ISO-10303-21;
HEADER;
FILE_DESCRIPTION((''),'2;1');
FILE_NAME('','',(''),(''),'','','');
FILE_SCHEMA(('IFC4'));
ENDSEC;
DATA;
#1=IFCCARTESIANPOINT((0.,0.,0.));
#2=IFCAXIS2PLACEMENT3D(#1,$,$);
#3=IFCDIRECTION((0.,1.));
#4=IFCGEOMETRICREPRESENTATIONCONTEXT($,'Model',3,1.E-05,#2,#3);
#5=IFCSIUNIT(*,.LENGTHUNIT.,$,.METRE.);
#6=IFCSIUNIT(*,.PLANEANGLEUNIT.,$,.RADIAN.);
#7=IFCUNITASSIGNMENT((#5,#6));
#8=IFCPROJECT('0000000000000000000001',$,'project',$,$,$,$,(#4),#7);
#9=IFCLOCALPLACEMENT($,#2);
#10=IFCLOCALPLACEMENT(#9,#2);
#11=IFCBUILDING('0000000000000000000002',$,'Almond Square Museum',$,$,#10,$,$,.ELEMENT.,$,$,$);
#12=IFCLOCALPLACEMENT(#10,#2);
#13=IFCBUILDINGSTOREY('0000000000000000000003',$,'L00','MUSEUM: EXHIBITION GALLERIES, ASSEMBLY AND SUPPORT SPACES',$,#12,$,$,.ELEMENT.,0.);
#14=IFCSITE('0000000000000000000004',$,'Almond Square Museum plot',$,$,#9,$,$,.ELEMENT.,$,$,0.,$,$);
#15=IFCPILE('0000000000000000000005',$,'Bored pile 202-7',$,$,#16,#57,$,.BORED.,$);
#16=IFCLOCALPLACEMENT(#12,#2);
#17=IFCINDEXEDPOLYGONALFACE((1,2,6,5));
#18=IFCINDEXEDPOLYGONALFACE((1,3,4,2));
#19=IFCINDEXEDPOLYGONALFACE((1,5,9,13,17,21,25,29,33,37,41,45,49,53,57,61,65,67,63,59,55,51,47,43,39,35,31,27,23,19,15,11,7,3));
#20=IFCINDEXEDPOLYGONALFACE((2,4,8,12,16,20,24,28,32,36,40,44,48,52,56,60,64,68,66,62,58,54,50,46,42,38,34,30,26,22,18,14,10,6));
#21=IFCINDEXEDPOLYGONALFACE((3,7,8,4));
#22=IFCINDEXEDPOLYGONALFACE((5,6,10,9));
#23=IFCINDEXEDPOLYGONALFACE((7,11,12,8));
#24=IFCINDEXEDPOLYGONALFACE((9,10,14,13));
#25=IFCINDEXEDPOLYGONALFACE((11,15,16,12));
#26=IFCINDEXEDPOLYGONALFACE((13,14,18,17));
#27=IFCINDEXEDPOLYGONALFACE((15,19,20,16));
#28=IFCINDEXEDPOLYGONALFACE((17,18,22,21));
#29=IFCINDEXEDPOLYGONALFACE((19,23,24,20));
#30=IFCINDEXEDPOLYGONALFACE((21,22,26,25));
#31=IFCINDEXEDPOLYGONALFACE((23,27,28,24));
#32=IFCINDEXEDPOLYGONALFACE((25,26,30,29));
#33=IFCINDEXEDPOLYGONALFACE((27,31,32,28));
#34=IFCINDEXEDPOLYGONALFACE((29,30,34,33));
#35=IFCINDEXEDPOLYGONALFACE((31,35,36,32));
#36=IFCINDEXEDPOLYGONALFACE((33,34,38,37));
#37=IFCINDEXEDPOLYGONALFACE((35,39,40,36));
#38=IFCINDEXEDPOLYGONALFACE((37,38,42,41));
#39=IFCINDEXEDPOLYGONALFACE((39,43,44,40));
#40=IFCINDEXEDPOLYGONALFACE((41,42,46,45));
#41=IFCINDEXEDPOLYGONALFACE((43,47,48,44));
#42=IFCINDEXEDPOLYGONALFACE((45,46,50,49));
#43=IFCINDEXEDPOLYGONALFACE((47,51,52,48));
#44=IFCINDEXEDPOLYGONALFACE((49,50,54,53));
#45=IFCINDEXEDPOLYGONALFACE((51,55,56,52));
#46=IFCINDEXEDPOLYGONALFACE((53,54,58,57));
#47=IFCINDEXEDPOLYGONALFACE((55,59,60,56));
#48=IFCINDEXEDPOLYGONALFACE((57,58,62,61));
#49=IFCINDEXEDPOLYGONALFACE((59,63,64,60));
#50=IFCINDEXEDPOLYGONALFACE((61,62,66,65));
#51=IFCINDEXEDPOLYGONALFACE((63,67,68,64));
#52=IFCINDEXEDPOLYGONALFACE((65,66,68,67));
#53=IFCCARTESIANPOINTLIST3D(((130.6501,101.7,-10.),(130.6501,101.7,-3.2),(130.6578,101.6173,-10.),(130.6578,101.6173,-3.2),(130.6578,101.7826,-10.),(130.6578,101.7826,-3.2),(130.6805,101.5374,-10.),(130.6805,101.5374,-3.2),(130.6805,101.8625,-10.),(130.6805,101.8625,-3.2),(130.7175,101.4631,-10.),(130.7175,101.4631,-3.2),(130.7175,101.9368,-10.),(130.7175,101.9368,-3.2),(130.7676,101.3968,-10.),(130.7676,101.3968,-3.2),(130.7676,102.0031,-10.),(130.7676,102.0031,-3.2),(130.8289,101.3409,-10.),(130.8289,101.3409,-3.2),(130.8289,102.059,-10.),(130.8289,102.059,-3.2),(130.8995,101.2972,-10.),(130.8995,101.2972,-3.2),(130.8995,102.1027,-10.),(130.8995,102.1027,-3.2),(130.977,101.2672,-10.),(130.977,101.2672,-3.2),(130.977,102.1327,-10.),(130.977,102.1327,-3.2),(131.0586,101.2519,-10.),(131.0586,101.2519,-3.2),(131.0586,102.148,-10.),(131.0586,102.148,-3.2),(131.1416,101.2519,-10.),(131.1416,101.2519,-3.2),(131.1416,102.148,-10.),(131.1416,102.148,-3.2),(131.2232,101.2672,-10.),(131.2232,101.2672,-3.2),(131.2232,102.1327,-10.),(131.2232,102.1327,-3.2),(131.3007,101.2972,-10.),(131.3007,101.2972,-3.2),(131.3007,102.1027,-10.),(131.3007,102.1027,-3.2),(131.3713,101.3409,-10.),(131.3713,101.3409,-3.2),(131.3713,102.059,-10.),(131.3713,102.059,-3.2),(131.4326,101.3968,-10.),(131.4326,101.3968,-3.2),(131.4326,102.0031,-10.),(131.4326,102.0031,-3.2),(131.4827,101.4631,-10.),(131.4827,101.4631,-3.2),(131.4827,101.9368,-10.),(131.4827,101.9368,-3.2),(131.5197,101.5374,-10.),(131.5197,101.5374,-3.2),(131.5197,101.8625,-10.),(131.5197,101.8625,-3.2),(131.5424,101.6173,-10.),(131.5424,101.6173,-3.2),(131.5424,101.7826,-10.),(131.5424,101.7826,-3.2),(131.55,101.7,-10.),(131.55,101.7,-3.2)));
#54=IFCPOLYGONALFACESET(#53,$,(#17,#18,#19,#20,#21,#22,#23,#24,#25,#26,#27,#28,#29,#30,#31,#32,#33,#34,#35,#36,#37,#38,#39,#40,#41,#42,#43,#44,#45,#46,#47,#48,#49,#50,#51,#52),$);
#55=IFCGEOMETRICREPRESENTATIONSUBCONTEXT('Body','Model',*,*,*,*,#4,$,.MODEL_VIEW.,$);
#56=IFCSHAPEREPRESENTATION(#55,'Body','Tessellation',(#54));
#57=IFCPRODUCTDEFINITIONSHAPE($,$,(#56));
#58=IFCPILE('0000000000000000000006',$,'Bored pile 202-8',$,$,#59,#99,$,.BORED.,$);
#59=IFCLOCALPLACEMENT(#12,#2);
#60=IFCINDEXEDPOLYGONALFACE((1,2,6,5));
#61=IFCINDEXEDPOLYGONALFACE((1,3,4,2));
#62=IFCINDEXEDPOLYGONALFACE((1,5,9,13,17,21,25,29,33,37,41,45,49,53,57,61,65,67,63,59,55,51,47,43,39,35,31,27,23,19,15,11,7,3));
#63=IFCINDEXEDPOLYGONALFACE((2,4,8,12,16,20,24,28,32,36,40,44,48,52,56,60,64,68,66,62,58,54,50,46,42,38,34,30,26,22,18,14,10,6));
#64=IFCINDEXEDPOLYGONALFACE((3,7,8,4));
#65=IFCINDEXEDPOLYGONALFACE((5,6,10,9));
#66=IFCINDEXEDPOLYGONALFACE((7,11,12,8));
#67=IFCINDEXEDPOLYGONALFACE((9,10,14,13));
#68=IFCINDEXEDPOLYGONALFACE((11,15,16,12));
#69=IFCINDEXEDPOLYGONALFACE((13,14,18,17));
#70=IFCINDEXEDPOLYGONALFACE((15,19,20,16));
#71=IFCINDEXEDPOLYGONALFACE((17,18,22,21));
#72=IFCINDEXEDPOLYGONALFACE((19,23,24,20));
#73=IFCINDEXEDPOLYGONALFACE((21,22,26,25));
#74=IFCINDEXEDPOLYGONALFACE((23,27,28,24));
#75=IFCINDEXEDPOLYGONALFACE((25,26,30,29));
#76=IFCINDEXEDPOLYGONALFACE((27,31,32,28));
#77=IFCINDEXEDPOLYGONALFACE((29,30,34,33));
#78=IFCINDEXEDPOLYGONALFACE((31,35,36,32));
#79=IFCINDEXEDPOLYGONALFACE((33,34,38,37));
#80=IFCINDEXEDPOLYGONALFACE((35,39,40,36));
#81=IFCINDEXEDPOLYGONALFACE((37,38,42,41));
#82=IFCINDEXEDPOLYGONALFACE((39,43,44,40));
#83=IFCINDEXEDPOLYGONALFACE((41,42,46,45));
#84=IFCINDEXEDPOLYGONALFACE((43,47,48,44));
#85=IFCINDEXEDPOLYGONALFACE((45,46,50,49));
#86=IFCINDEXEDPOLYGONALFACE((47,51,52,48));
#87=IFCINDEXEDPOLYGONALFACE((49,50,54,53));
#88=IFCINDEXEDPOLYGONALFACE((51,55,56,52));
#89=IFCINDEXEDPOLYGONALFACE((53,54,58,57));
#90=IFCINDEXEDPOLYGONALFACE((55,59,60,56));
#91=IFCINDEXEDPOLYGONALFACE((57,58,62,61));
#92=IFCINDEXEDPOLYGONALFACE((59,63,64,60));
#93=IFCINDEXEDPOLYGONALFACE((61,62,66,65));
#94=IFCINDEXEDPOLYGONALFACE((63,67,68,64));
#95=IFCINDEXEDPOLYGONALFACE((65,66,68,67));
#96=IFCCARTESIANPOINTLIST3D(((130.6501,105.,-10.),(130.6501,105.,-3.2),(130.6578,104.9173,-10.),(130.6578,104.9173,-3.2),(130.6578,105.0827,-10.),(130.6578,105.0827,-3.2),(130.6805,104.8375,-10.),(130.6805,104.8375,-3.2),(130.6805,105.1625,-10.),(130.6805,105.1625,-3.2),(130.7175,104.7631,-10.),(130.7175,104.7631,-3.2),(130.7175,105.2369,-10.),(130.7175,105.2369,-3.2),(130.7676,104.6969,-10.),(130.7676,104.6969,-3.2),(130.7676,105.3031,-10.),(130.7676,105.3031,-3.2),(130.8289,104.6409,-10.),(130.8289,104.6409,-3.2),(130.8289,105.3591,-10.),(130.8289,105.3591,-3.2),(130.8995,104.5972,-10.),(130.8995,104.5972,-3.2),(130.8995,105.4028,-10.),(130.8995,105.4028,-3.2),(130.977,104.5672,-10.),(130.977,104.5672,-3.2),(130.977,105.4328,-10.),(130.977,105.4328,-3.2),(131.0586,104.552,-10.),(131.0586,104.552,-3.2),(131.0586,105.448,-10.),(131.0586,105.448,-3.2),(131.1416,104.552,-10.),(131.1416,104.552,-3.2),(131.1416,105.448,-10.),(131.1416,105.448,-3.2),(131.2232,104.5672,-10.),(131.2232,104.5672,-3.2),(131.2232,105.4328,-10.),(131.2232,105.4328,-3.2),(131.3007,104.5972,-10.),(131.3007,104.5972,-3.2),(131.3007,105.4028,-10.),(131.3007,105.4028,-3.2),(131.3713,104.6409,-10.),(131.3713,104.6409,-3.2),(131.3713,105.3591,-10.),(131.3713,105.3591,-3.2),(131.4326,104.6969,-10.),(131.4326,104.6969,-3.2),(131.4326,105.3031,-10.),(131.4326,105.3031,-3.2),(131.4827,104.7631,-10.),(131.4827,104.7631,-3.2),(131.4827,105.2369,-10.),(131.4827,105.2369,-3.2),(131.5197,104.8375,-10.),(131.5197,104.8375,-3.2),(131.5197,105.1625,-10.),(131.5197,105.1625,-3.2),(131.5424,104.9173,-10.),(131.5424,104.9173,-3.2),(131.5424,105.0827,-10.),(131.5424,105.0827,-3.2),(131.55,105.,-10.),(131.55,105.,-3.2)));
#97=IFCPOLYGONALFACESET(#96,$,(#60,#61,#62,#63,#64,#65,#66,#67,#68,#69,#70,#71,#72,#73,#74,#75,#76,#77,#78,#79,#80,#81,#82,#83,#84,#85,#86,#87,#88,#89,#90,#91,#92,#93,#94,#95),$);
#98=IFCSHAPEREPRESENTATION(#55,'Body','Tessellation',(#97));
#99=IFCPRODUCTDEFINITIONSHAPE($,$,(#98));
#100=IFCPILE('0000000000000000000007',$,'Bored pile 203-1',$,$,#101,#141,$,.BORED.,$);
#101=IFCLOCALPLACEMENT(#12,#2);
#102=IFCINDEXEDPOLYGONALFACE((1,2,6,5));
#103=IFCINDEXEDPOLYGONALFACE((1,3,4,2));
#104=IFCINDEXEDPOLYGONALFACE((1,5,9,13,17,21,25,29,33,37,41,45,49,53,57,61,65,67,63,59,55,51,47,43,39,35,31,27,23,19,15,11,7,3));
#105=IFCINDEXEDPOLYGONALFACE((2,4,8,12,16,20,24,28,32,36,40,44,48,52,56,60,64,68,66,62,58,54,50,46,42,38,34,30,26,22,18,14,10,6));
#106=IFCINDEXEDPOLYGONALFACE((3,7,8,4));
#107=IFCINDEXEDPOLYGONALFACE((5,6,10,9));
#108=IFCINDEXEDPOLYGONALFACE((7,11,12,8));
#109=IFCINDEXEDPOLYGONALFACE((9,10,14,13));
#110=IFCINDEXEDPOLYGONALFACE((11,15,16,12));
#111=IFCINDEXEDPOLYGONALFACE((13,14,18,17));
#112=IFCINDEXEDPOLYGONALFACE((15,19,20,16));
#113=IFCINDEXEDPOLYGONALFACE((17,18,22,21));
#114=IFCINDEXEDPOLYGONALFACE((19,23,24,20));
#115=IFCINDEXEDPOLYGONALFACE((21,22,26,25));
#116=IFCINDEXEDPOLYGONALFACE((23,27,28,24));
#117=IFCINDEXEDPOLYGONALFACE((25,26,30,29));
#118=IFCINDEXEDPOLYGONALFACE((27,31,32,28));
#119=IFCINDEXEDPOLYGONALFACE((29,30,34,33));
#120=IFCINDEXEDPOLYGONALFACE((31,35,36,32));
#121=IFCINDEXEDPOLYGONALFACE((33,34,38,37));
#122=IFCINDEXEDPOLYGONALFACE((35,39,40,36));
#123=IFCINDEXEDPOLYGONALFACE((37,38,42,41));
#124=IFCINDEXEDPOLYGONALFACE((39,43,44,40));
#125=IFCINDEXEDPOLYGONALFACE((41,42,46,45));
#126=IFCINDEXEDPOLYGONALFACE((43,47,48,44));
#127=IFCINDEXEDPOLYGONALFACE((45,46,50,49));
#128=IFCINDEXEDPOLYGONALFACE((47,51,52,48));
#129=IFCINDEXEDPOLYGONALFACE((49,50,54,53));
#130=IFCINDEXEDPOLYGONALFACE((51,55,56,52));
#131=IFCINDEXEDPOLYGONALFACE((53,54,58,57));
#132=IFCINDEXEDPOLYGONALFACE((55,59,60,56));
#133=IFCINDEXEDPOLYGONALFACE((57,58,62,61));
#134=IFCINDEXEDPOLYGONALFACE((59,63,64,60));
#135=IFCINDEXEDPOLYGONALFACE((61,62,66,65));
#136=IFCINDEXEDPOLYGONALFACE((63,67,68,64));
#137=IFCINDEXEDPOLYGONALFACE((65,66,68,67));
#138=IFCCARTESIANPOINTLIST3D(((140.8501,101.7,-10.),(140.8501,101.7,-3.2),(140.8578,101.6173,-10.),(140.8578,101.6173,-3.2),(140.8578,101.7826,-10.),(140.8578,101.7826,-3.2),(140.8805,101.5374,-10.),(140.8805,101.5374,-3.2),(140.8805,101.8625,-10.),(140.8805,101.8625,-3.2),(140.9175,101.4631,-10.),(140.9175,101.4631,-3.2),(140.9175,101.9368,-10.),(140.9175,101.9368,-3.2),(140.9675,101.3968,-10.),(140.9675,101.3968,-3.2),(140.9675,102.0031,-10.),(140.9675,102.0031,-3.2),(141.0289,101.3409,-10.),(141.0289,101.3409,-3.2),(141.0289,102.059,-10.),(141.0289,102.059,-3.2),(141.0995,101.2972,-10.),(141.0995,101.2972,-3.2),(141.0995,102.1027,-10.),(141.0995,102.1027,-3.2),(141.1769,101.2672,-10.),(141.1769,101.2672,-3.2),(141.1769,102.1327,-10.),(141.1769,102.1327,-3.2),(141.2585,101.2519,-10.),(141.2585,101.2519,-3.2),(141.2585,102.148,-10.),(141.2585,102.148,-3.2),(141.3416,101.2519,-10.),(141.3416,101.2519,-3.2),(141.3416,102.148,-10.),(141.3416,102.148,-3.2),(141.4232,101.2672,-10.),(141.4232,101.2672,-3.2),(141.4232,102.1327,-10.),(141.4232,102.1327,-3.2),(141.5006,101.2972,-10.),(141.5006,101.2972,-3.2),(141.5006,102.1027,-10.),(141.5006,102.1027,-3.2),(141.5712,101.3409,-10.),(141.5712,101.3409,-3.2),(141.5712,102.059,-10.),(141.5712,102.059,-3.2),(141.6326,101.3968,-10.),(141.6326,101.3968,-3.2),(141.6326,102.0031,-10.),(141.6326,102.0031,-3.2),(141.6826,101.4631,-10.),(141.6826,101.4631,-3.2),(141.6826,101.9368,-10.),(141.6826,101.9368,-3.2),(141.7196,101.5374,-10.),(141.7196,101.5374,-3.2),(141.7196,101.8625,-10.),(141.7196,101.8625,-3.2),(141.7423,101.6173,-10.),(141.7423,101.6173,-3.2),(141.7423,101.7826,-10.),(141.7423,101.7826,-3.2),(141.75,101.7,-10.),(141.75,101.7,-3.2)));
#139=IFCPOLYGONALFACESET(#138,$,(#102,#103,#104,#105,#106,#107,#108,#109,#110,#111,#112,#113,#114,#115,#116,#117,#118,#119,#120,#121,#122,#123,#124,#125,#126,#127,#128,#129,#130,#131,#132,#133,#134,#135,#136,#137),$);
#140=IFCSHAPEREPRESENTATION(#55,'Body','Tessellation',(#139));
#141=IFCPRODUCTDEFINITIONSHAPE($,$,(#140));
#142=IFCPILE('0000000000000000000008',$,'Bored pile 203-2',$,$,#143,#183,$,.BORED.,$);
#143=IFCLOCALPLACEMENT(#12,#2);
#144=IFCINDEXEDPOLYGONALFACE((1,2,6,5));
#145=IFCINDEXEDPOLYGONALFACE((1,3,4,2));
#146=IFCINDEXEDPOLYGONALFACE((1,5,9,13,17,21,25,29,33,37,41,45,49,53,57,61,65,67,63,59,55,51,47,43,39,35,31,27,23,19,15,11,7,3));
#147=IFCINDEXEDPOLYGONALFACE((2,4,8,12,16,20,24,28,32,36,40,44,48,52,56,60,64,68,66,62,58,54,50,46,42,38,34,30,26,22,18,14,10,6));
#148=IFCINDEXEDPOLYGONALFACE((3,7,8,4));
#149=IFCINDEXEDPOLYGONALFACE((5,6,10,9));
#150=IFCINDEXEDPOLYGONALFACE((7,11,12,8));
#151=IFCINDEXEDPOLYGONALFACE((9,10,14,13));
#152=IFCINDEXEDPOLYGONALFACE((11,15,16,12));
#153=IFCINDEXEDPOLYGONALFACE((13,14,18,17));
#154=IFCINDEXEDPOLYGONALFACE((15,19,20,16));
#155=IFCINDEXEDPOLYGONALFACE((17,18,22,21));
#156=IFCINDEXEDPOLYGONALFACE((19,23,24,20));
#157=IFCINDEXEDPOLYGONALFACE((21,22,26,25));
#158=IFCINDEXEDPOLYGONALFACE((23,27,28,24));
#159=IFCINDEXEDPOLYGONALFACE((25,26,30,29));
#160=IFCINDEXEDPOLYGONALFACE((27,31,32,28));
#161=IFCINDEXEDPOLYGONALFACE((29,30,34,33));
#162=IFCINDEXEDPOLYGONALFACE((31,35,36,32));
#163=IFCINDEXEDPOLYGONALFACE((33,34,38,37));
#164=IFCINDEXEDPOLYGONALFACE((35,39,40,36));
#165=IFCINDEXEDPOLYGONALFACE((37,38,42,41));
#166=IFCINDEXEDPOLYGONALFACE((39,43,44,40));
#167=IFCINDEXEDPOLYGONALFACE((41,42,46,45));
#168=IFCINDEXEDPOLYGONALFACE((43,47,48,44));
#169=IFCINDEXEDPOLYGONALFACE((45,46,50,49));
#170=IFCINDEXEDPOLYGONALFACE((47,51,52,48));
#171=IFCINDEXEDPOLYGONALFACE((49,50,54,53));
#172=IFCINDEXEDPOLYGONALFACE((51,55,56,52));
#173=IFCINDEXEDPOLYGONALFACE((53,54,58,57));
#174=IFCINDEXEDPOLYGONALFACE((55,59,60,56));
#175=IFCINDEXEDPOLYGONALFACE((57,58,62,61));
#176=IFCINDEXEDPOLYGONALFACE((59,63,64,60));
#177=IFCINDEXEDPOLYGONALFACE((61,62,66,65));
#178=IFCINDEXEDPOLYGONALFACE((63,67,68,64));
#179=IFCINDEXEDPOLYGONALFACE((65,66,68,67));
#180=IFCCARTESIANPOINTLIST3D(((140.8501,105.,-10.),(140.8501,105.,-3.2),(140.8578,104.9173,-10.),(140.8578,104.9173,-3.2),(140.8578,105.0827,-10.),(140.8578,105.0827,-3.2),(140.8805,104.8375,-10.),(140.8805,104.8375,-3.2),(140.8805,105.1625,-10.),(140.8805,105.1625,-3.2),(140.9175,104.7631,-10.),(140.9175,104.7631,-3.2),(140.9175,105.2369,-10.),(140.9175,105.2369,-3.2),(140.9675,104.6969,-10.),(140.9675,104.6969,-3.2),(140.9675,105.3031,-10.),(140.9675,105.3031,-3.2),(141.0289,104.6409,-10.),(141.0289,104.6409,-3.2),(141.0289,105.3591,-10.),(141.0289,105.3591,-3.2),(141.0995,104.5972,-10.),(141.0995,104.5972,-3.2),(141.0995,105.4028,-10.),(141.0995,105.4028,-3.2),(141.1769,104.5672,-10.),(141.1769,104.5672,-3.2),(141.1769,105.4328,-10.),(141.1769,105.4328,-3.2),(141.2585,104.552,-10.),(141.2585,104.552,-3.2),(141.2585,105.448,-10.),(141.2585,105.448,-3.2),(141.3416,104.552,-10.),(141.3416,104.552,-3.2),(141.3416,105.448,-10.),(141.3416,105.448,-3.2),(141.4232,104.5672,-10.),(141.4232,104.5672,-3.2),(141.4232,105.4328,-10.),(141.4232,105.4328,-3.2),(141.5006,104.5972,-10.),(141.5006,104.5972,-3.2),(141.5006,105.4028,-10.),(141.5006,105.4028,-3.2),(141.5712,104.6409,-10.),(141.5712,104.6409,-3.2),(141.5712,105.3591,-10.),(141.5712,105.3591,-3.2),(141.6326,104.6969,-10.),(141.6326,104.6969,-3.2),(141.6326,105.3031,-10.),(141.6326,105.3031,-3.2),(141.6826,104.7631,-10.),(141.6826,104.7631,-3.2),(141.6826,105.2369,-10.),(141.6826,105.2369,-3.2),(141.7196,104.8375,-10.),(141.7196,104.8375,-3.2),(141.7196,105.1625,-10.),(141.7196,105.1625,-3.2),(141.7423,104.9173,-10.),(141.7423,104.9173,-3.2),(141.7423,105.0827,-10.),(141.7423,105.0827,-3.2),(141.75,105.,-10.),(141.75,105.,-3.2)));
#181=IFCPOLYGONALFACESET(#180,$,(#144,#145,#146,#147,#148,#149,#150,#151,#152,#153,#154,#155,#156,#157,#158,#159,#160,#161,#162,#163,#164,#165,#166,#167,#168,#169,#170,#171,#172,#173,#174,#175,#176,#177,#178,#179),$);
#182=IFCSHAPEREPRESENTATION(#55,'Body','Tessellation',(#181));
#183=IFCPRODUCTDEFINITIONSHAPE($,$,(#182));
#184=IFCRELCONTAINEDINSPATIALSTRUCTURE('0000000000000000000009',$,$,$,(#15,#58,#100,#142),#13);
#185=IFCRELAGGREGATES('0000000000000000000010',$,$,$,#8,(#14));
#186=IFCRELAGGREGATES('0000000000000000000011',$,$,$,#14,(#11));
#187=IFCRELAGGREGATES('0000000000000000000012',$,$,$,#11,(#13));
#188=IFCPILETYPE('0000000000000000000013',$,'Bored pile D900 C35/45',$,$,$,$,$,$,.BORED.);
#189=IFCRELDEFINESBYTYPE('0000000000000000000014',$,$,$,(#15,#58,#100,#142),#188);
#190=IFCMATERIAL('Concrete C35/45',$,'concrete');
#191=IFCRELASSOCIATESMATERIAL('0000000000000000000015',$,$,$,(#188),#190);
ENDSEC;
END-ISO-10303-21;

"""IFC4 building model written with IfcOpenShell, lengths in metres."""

from ifc_helpers import new_model, si_unit, direction, frame, origin, origin_2d, place, context, subcontext, project, spatial, circle, extrude, material, material_profile, profile_set, type_object, element, save


model = new_model("IFC4")

# Units and contexts
model_context = context("Model", 3, precision=1e-05, world=origin(), true_north=direction((0.0, 1.0)))
body_context = subcontext(model_context, "Body", "Model", "MODEL_VIEW")
ifc_project = project(units=[si_unit("LENGTHUNIT", "METRE"), si_unit("PLANEANGLEUNIT", "RADIAN")], contexts=[model_context])

# Site, building, storey
site_placement = place(None, origin())
site = spatial("IfcSite", under=ifc_project, at=site_placement, Name="Almond Square Museum plot", CompositionType="ELEMENT", RefElevation=0.0)
building_placement = place(site_placement, origin())
building = spatial("IfcBuilding", under=site, at=building_placement, Name="Almond Square Museum", CompositionType="ELEMENT")
storey_placement = place(building_placement, origin())
storey = spatial("IfcBuildingStorey", under=building, at=storey_placement, Name="L00", Description="MUSEUM: EXHIBITION GALLERIES, ASSEMBLY AND SUPPORT SPACES", CompositionType="ELEMENT", Elevation=0.0)

# Piles
ifc_material_1 = material(Name="Concrete C35/45", Category="concrete")
ifc_material_profile = material_profile(ifc_material_1, circle(Radius=0.45, at=origin_2d()))
ifc_profile_set = profile_set([ifc_material_profile], Name="Concrete C35/45")
pile_type = type_object("IfcPileType", Name="Bored pile D900 C35/45", PredefinedType="BORED", material=ifc_profile_set)
for number, where, z_axis, x_axis, name in (
    (1, (131.1001, 101.7, -3.2), (0.0, 0.0, -1.0), (1.0, 0.0, 0.0), "Bored pile 202-7"),
    (2, (131.1001, 105.0, -3.2), (0.0, 0.0, -1.0), (1.0, 0.0, 0.0), "Bored pile 202-8"),
    (3, (141.3, 101.7, -3.2), (0.0, 0.0, -1.0), (1.0, 0.0, 0.0), "Bored pile 203-1"),
    (4, (141.3, 105.0, -3.2), (0.0, 0.0, -1.0), (1.0, 0.0, 0.0), "Bored pile 203-2"),
):
    element("IfcPile", number, at=place(storey_placement, frame(where, z_axis=z_axis, x_axis=x_axis)), inside=storey, type_object=pile_type, Name=name, PredefinedType="BORED", context=body_context, shape_type="SweptSolid", body=[
        extrude(circle(Radius=0.45, at=origin_2d()), origin(), (0.0, 0.0, 1.0), 6.8),
    ])

save(model, "model.ifc")
